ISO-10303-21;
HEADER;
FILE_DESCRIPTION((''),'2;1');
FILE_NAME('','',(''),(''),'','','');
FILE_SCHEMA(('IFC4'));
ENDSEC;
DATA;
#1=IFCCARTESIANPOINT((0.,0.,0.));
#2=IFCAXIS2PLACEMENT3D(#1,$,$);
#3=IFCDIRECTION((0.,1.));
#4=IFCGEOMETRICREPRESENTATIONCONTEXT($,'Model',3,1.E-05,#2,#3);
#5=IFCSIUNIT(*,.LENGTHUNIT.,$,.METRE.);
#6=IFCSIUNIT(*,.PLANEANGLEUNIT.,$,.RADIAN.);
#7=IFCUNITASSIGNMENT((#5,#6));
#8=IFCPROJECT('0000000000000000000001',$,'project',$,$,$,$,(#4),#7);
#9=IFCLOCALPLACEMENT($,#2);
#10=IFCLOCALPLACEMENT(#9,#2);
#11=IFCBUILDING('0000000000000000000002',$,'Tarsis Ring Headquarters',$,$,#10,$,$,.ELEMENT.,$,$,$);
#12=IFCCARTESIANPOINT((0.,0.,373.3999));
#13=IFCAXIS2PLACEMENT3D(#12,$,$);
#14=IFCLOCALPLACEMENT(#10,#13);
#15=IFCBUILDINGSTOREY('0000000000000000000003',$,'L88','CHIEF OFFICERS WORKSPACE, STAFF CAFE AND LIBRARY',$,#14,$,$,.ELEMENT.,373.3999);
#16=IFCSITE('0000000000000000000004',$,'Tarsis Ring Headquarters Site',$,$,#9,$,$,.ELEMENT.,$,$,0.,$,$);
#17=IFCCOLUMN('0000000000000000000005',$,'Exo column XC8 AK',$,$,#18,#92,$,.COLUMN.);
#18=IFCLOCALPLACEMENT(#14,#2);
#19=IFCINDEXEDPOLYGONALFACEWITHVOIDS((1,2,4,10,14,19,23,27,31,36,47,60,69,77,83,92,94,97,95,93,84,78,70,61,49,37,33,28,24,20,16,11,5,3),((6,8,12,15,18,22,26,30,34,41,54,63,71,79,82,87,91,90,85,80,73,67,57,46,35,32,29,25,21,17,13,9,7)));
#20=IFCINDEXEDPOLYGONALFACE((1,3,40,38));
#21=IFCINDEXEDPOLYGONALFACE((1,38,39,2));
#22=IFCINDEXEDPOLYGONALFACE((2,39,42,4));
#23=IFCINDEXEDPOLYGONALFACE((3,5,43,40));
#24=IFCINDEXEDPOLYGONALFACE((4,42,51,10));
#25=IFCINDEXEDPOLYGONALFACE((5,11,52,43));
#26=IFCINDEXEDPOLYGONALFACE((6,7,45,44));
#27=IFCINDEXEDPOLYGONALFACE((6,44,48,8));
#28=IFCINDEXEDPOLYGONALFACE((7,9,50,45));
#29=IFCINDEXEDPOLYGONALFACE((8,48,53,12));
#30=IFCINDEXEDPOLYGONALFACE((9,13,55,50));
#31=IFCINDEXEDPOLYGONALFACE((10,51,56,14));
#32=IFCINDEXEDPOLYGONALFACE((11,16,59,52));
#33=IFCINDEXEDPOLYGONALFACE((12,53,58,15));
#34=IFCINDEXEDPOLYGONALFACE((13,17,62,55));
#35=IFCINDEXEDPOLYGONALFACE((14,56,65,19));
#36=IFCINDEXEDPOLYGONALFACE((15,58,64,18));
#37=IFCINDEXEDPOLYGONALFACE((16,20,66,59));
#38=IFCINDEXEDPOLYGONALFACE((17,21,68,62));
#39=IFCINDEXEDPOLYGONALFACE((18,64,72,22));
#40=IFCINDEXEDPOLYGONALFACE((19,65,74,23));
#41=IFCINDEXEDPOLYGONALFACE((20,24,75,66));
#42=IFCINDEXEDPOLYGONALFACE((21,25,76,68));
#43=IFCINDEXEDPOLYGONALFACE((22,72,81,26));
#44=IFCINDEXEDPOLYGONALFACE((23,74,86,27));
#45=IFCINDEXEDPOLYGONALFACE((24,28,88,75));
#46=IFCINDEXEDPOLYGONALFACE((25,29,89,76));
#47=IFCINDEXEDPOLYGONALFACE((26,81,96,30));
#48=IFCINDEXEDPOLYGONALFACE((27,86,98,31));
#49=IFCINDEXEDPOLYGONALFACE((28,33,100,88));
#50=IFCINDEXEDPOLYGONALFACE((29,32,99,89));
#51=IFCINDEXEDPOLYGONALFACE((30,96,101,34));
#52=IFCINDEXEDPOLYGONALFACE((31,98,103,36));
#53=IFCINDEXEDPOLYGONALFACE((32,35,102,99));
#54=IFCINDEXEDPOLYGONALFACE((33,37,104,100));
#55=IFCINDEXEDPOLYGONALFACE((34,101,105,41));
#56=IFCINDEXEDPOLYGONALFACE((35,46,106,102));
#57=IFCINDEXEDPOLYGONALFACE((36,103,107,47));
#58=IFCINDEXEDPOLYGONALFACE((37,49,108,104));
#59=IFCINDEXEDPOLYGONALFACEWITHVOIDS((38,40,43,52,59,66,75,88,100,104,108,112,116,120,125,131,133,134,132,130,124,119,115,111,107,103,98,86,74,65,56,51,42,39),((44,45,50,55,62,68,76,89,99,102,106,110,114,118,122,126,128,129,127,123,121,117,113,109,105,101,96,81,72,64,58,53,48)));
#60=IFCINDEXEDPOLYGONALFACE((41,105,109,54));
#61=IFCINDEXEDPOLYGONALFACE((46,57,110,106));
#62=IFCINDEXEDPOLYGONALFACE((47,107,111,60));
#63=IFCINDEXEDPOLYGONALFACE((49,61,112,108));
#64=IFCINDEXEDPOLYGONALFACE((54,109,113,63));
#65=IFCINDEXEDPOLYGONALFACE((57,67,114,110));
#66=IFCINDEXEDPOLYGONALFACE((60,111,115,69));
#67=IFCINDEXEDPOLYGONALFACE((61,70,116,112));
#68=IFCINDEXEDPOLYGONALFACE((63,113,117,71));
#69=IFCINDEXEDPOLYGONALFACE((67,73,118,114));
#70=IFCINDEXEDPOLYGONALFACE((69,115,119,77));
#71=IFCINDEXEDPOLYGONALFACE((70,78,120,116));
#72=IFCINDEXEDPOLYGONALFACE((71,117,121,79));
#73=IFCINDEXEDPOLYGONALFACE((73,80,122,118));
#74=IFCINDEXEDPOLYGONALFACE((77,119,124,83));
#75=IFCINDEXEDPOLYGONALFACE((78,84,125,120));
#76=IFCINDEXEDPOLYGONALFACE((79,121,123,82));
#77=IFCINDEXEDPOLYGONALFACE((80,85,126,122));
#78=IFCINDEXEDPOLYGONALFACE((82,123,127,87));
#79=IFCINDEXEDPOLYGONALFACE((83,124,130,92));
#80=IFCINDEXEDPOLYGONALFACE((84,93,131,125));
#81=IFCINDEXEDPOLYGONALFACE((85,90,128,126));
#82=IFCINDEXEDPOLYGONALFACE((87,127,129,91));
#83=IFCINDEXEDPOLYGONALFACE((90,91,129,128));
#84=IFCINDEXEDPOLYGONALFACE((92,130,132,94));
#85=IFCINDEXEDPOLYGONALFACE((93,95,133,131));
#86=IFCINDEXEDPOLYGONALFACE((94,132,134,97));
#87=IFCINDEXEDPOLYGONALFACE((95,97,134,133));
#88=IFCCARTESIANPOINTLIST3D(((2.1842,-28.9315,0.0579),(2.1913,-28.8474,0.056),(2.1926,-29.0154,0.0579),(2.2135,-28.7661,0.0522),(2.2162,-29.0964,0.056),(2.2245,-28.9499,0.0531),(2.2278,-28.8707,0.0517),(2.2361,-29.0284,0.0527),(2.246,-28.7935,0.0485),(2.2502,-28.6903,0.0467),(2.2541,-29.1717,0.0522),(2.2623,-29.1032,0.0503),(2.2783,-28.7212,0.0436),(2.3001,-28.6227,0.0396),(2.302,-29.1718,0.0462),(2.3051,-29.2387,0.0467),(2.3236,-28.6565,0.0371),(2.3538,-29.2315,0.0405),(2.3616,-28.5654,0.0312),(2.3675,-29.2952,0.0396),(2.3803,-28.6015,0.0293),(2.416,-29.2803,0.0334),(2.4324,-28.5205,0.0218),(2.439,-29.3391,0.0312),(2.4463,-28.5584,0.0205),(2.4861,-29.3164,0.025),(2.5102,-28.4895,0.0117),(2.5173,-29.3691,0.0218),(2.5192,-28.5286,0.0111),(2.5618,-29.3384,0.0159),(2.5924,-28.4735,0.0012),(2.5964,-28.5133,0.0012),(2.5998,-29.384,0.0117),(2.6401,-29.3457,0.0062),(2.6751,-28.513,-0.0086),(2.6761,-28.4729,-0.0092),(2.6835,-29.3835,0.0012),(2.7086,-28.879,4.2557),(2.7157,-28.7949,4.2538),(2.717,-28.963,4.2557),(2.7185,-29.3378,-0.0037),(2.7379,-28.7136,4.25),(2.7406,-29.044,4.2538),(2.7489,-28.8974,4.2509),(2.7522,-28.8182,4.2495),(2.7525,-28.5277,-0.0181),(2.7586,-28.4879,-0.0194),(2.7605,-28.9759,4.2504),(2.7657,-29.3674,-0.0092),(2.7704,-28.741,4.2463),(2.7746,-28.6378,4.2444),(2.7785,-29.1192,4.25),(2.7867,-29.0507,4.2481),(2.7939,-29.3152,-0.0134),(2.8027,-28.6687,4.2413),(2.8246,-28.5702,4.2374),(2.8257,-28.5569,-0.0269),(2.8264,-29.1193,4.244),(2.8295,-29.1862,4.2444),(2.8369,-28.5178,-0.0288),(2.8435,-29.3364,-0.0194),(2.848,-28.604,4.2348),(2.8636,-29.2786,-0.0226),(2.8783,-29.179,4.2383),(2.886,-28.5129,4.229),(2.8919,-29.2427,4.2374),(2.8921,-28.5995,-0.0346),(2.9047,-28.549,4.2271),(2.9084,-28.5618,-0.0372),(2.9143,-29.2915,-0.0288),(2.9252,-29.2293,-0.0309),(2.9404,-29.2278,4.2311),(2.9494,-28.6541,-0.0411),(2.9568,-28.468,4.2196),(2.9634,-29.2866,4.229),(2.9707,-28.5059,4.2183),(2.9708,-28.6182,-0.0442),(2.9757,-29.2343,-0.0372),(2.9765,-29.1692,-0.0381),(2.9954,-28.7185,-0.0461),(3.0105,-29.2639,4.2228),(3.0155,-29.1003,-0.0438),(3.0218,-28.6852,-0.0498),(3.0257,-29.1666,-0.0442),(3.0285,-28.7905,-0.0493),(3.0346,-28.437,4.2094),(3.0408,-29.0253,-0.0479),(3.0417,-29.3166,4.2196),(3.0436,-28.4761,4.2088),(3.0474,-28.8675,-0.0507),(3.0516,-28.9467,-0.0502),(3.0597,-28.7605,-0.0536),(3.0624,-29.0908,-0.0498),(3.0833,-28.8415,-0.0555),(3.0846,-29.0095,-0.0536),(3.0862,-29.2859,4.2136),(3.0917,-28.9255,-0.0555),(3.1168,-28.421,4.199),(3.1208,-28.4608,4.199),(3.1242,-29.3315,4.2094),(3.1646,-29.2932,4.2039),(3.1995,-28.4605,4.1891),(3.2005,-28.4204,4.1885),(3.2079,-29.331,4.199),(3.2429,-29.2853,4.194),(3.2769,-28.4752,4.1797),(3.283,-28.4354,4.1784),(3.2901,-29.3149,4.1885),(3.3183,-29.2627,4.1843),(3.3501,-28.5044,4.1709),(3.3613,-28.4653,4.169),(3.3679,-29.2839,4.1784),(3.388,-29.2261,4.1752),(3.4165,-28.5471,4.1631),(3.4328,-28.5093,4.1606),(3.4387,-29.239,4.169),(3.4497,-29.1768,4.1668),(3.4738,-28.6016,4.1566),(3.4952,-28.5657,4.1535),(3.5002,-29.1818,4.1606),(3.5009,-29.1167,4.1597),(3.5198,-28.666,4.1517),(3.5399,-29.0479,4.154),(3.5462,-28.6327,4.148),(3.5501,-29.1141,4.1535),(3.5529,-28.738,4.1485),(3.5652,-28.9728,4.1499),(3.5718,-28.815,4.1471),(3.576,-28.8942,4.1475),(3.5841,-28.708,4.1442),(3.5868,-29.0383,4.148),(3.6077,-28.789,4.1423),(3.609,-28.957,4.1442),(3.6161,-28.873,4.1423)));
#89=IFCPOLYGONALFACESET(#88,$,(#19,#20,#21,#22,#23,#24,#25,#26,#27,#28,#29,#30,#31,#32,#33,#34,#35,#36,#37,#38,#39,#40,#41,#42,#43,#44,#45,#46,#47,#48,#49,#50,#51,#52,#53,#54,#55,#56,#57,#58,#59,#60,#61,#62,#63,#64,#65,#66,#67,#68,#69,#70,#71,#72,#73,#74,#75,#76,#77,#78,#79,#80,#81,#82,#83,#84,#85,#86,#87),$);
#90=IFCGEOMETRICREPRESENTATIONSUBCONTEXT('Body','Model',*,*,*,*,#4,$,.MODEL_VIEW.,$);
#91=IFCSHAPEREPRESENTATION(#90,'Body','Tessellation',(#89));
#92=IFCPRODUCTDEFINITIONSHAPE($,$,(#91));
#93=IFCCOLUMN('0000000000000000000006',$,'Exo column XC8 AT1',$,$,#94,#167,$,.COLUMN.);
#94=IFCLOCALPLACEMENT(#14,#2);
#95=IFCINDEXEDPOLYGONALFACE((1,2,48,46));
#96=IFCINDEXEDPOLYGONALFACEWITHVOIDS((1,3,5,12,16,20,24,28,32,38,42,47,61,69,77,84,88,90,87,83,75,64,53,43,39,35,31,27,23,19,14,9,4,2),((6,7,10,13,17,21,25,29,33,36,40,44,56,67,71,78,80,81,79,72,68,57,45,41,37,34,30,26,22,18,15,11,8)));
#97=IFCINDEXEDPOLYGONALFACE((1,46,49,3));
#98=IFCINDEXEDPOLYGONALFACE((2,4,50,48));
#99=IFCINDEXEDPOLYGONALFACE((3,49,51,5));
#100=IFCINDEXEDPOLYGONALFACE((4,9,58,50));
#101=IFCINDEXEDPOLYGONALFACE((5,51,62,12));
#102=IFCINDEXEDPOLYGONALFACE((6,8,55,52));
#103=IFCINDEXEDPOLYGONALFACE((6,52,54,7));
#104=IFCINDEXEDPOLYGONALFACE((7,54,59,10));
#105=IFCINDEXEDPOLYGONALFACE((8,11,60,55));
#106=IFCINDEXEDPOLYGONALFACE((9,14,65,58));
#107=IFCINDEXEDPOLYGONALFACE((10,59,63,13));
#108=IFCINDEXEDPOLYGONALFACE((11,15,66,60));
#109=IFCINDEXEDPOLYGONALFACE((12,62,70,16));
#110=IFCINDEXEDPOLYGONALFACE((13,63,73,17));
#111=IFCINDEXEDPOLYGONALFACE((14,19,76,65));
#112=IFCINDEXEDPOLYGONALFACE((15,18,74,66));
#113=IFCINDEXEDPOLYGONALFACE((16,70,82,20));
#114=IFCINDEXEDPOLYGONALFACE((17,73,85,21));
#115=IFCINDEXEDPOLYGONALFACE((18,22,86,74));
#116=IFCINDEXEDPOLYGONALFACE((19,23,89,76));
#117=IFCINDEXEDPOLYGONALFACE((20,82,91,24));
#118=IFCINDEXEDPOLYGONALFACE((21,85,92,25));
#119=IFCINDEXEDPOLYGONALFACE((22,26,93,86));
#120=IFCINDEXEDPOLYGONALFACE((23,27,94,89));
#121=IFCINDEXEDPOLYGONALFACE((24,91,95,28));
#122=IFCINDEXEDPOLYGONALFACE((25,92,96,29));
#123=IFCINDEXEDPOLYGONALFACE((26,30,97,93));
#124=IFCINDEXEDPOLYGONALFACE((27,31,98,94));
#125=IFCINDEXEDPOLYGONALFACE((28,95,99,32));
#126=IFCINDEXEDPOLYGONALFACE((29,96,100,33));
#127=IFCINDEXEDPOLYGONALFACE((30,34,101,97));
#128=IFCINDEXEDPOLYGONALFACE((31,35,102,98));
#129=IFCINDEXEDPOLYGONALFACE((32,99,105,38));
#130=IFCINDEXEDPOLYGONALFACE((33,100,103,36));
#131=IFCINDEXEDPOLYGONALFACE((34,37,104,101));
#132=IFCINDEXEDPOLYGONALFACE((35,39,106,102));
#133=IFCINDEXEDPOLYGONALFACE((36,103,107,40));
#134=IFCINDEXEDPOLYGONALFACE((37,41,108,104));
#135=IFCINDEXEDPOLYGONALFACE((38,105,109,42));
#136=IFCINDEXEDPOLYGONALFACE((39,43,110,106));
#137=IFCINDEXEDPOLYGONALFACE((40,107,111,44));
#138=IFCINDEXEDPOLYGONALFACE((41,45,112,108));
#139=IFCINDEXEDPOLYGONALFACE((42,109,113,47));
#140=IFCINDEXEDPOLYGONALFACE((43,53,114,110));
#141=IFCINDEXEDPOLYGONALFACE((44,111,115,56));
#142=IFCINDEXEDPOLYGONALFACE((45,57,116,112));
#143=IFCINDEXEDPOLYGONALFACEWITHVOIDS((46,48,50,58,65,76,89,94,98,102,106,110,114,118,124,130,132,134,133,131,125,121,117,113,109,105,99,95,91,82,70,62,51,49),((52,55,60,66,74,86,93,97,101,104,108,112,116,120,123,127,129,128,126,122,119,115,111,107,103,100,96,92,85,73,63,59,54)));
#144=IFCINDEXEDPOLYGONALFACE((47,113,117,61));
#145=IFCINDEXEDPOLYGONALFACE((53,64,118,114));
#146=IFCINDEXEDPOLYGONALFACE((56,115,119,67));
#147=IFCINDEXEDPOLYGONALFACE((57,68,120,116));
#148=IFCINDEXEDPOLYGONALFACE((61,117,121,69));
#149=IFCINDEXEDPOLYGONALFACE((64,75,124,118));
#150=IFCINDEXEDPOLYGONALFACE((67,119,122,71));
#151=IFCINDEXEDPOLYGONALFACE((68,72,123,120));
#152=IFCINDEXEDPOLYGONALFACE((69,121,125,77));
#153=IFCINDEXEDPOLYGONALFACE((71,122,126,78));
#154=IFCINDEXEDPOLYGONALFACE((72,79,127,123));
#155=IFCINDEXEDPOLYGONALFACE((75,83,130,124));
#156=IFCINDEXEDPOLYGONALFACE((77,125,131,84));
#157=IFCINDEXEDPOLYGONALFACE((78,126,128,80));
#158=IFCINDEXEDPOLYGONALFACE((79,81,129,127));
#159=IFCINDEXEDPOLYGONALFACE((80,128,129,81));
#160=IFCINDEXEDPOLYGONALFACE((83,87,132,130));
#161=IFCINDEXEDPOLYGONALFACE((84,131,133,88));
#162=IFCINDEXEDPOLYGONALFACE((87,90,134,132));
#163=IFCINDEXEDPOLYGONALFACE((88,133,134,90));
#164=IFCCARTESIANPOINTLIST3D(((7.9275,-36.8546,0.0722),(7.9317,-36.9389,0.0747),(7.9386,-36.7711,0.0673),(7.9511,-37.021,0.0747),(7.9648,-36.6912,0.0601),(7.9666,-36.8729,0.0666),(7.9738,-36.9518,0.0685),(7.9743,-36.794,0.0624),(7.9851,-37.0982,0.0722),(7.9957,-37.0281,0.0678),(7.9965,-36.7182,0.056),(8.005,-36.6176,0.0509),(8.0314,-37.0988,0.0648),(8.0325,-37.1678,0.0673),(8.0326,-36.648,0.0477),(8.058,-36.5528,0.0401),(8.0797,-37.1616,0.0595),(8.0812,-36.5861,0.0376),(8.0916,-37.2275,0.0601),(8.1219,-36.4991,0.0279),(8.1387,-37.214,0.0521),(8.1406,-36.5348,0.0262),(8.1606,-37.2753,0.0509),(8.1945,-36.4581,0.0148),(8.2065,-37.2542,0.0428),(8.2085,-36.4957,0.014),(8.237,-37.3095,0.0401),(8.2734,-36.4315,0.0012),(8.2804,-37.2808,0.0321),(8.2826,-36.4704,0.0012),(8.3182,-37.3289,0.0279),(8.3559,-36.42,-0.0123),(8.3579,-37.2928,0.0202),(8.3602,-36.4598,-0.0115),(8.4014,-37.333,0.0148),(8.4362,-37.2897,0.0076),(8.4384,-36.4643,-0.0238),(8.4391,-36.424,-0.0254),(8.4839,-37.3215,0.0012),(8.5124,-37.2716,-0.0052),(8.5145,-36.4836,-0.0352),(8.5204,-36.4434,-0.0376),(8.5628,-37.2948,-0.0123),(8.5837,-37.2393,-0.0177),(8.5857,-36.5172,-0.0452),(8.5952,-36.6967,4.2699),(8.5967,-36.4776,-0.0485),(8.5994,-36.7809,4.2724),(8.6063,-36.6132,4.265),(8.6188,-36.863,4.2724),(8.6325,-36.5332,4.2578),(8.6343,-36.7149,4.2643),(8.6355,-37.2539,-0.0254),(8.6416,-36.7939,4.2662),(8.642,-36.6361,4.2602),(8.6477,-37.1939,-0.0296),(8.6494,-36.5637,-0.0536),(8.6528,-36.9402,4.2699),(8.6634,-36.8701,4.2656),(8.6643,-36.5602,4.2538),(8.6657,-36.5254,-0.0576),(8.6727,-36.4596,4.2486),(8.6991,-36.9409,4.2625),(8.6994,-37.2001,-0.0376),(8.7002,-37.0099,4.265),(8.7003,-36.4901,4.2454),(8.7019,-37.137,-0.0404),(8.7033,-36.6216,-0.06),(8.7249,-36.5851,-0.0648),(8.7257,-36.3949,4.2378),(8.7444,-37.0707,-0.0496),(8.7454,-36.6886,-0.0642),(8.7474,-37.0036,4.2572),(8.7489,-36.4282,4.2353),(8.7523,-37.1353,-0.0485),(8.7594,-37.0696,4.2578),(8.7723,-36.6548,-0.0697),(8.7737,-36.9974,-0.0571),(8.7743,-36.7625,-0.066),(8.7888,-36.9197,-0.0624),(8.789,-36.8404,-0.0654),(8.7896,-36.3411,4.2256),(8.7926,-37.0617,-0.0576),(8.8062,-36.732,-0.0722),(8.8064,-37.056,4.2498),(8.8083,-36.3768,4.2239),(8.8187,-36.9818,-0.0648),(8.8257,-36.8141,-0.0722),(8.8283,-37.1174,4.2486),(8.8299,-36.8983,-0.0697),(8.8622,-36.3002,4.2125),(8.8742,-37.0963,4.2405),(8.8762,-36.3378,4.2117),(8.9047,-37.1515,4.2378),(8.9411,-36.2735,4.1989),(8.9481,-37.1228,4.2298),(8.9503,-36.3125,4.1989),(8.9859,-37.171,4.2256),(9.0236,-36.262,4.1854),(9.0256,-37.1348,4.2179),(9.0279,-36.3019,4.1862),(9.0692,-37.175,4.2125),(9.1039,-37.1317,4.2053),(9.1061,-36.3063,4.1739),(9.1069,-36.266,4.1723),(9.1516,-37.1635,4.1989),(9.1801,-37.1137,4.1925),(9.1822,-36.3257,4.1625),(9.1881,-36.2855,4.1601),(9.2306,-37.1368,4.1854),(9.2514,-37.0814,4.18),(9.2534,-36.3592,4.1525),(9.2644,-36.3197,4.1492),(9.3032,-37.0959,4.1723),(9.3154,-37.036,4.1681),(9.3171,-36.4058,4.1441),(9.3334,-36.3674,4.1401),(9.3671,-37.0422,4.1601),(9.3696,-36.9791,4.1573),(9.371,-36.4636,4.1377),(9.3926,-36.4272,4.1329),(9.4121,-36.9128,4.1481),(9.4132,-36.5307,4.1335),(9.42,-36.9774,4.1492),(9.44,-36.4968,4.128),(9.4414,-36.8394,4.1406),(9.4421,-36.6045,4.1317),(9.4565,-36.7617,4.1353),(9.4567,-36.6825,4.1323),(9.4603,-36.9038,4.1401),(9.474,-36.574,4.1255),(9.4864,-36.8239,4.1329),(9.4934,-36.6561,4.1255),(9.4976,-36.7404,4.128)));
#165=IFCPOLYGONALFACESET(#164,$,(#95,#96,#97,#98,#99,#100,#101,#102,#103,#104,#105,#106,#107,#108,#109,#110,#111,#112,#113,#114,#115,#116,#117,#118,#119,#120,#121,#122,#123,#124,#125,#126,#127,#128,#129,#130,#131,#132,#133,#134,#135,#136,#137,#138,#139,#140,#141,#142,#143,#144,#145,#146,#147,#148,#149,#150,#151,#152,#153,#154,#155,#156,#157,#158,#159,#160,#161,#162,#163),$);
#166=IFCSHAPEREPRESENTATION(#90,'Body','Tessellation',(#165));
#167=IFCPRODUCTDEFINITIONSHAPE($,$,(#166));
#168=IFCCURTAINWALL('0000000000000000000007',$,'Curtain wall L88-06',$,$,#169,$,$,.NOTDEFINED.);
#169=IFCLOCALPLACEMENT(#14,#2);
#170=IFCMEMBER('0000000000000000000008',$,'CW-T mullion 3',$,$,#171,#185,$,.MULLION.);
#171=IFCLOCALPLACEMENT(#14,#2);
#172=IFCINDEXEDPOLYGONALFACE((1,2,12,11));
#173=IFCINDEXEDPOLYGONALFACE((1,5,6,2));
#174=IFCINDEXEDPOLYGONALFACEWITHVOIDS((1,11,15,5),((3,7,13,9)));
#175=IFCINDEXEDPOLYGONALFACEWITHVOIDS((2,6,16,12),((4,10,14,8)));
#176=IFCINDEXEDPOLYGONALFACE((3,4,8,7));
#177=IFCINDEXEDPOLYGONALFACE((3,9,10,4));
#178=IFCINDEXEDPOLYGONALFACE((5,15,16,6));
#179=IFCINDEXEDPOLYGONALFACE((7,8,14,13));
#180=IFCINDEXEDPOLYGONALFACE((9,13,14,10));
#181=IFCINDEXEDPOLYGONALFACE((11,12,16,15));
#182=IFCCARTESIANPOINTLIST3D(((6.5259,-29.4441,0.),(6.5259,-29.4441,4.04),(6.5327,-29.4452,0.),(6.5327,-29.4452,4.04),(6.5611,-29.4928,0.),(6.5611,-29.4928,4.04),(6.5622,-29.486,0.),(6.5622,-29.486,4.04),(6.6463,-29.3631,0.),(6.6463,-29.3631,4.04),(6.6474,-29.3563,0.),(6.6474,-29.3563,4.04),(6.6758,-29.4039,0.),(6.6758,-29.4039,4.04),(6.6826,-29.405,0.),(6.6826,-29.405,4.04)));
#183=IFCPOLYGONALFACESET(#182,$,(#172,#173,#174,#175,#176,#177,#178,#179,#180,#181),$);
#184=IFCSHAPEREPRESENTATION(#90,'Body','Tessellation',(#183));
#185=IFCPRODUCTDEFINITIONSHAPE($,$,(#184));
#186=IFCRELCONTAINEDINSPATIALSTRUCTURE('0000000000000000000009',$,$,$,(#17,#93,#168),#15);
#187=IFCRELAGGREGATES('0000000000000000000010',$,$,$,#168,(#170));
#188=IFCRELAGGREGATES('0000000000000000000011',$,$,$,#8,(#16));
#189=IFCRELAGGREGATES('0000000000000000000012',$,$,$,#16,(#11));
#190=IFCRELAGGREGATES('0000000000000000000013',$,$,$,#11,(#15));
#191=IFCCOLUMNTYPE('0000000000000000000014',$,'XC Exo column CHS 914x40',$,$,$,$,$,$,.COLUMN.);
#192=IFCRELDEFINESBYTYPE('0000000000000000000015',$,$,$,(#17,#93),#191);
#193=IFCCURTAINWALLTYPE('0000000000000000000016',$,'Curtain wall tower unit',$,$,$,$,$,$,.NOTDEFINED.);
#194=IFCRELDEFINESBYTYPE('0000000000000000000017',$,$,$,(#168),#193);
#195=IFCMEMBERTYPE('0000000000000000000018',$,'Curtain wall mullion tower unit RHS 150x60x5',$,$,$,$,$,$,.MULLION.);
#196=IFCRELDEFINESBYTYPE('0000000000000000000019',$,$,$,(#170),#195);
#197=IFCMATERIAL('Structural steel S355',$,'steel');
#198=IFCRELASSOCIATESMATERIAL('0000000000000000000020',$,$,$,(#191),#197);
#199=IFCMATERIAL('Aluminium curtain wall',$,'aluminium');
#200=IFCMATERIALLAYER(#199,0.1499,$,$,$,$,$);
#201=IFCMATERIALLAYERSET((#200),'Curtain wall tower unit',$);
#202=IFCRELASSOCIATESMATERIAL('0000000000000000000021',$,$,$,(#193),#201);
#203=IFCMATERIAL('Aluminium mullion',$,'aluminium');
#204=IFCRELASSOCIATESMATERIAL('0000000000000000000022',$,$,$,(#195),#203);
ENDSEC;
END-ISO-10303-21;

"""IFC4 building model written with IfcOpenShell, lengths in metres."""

from ifc_helpers import new_model, si_unit, direction, frame, origin, origin_2d, place, context, subcontext, project, spatial, hollow_rectangle, hollow_circle, extrude, material, layer, layer_set, material_profile, profile_set, type_object, element, aggregate, save


model = new_model("IFC4")

# Units and contexts
model_context = context("Model", 3, precision=1e-05, world=origin(), true_north=direction((0.0, 1.0)))
body_context = subcontext(model_context, "Body", "Model", "MODEL_VIEW")
ifc_project = project(units=[si_unit("LENGTHUNIT", "METRE"), si_unit("PLANEANGLEUNIT", "RADIAN")], contexts=[model_context])

# Site, building, storey
site_placement = place(None, origin())
site = spatial("IfcSite", under=ifc_project, at=site_placement, Name="Tarsis Ring Headquarters Site", CompositionType="ELEMENT", RefElevation=0.0)
building_placement = place(site_placement, origin())
building = spatial("IfcBuilding", under=site, at=building_placement, Name="Tarsis Ring Headquarters", CompositionType="ELEMENT")
storey_placement = place(building_placement, frame((0.0, 0.0, 373.3999)))
storey = spatial("IfcBuildingStorey", under=building, at=storey_placement, Name="L88", Description="CHIEF OFFICERS WORKSPACE, STAFF CAFE AND LIBRARY", CompositionType="ELEMENT", Elevation=373.3999)

# Columns
ifc_material_1 = material(Name="Structural steel S355", Category="steel")
ifc_material_profile_1 = material_profile(ifc_material_1, hollow_circle(Radius=0.457, WallThickness=0.04, at=origin_2d()), Name="CHS 914x40")
ifc_profile_set_1 = profile_set([ifc_material_profile_1], Name="Structural steel S355")
column_type = type_object("IfcColumnType", Name="XC Exo column CHS 914x40", PredefinedType="COLUMN", material=ifc_profile_set_1)
column_1_placement = place(storey_placement, frame((2.6379, -28.9285, 0.0012), z_axis=(0.123954, 0.012407, 0.99221), x_axis=(-0.099595, 0.995028, 0.0)))
element("IfcColumn", 1, at=column_1_placement, inside=storey, type_object=column_type, Name="Exo column XC8 AK", PredefinedType="COLUMN", context=body_context, shape_type="SweptSolid", body=[
    extrude(hollow_circle(Radius=0.4573, WallThickness=0.04, at=origin_2d()), origin(), (0.0, 0.0, 1.0), 4.2307),
])
column_2_placement = place(storey_placement, frame((8.3787, -36.8765, 0.0012), z_axis=(0.156984, 0.037137, 0.986903), x_axis=(-0.230209, 0.973141, 0.0)))
element("IfcColumn", 2, at=column_2_placement, inside=storey, type_object=column_type, Name="Exo column XC8 AT1", PredefinedType="COLUMN", context=body_context, shape_type="SweptSolid", body=[
    extrude(hollow_circle(Radius=0.4573, WallThickness=0.04, at=origin_2d()), origin(), (0.0, 0.0, 1.0), 4.2534),
])

# Curtain wall, member
ifc_material_2 = material(Name="Aluminium curtain wall", Category="aluminium")
ifc_layer_1 = layer(ifc_material_2, 0.1499)
ifc_layer_set_1 = layer_set([ifc_layer_1], Name="Curtain wall tower unit")
curtain_wall_type = type_object("IfcCurtainWallType", Name="Curtain wall tower unit", PredefinedType="NOTDEFINED", material=ifc_layer_set_1)
curtain_wall_placement = place(storey_placement, origin())
curtain_wall = element("IfcCurtainWall", 3, at=curtain_wall_placement, inside=storey, type_object=curtain_wall_type, Name="Curtain wall L88-06", PredefinedType="NOTDEFINED")
ifc_material_3 = material(Name="Aluminium mullion", Category="aluminium")
ifc_material_profile_2 = material_profile(ifc_material_3, hollow_rectangle(XDim=0.1499, YDim=0.0601, WallThickness=0.0049, at=origin_2d()), Name="RHS 150x60x5")
ifc_profile_set_2 = profile_set([ifc_material_profile_2], Name="Aluminium mullion")
member_type = type_object("IfcMemberType", Name="Curtain wall mullion tower unit RHS 150x60x5", PredefinedType="MULLION", material=ifc_profile_set_2)
member_placement = place(storey_placement, frame((6.6042, -29.4246, 0.0), z_axis=(0.0, 0.0, 1.0), x_axis=(0.810655, 0.585524, 0.0)))
member = element("IfcMember", 4, at=member_placement, type_object=member_type, Name="CW-T mullion 3", PredefinedType="MULLION", context=body_context, shape_type="SweptSolid", body=[
    extrude(hollow_rectangle(XDim=0.1499, YDim=0.0601, WallThickness=0.0049, at=origin_2d()), origin(), (0.0, 0.0, 1.0), 4.04),
])
aggregate(curtain_wall, [member])

save(model, "model.ifc")
